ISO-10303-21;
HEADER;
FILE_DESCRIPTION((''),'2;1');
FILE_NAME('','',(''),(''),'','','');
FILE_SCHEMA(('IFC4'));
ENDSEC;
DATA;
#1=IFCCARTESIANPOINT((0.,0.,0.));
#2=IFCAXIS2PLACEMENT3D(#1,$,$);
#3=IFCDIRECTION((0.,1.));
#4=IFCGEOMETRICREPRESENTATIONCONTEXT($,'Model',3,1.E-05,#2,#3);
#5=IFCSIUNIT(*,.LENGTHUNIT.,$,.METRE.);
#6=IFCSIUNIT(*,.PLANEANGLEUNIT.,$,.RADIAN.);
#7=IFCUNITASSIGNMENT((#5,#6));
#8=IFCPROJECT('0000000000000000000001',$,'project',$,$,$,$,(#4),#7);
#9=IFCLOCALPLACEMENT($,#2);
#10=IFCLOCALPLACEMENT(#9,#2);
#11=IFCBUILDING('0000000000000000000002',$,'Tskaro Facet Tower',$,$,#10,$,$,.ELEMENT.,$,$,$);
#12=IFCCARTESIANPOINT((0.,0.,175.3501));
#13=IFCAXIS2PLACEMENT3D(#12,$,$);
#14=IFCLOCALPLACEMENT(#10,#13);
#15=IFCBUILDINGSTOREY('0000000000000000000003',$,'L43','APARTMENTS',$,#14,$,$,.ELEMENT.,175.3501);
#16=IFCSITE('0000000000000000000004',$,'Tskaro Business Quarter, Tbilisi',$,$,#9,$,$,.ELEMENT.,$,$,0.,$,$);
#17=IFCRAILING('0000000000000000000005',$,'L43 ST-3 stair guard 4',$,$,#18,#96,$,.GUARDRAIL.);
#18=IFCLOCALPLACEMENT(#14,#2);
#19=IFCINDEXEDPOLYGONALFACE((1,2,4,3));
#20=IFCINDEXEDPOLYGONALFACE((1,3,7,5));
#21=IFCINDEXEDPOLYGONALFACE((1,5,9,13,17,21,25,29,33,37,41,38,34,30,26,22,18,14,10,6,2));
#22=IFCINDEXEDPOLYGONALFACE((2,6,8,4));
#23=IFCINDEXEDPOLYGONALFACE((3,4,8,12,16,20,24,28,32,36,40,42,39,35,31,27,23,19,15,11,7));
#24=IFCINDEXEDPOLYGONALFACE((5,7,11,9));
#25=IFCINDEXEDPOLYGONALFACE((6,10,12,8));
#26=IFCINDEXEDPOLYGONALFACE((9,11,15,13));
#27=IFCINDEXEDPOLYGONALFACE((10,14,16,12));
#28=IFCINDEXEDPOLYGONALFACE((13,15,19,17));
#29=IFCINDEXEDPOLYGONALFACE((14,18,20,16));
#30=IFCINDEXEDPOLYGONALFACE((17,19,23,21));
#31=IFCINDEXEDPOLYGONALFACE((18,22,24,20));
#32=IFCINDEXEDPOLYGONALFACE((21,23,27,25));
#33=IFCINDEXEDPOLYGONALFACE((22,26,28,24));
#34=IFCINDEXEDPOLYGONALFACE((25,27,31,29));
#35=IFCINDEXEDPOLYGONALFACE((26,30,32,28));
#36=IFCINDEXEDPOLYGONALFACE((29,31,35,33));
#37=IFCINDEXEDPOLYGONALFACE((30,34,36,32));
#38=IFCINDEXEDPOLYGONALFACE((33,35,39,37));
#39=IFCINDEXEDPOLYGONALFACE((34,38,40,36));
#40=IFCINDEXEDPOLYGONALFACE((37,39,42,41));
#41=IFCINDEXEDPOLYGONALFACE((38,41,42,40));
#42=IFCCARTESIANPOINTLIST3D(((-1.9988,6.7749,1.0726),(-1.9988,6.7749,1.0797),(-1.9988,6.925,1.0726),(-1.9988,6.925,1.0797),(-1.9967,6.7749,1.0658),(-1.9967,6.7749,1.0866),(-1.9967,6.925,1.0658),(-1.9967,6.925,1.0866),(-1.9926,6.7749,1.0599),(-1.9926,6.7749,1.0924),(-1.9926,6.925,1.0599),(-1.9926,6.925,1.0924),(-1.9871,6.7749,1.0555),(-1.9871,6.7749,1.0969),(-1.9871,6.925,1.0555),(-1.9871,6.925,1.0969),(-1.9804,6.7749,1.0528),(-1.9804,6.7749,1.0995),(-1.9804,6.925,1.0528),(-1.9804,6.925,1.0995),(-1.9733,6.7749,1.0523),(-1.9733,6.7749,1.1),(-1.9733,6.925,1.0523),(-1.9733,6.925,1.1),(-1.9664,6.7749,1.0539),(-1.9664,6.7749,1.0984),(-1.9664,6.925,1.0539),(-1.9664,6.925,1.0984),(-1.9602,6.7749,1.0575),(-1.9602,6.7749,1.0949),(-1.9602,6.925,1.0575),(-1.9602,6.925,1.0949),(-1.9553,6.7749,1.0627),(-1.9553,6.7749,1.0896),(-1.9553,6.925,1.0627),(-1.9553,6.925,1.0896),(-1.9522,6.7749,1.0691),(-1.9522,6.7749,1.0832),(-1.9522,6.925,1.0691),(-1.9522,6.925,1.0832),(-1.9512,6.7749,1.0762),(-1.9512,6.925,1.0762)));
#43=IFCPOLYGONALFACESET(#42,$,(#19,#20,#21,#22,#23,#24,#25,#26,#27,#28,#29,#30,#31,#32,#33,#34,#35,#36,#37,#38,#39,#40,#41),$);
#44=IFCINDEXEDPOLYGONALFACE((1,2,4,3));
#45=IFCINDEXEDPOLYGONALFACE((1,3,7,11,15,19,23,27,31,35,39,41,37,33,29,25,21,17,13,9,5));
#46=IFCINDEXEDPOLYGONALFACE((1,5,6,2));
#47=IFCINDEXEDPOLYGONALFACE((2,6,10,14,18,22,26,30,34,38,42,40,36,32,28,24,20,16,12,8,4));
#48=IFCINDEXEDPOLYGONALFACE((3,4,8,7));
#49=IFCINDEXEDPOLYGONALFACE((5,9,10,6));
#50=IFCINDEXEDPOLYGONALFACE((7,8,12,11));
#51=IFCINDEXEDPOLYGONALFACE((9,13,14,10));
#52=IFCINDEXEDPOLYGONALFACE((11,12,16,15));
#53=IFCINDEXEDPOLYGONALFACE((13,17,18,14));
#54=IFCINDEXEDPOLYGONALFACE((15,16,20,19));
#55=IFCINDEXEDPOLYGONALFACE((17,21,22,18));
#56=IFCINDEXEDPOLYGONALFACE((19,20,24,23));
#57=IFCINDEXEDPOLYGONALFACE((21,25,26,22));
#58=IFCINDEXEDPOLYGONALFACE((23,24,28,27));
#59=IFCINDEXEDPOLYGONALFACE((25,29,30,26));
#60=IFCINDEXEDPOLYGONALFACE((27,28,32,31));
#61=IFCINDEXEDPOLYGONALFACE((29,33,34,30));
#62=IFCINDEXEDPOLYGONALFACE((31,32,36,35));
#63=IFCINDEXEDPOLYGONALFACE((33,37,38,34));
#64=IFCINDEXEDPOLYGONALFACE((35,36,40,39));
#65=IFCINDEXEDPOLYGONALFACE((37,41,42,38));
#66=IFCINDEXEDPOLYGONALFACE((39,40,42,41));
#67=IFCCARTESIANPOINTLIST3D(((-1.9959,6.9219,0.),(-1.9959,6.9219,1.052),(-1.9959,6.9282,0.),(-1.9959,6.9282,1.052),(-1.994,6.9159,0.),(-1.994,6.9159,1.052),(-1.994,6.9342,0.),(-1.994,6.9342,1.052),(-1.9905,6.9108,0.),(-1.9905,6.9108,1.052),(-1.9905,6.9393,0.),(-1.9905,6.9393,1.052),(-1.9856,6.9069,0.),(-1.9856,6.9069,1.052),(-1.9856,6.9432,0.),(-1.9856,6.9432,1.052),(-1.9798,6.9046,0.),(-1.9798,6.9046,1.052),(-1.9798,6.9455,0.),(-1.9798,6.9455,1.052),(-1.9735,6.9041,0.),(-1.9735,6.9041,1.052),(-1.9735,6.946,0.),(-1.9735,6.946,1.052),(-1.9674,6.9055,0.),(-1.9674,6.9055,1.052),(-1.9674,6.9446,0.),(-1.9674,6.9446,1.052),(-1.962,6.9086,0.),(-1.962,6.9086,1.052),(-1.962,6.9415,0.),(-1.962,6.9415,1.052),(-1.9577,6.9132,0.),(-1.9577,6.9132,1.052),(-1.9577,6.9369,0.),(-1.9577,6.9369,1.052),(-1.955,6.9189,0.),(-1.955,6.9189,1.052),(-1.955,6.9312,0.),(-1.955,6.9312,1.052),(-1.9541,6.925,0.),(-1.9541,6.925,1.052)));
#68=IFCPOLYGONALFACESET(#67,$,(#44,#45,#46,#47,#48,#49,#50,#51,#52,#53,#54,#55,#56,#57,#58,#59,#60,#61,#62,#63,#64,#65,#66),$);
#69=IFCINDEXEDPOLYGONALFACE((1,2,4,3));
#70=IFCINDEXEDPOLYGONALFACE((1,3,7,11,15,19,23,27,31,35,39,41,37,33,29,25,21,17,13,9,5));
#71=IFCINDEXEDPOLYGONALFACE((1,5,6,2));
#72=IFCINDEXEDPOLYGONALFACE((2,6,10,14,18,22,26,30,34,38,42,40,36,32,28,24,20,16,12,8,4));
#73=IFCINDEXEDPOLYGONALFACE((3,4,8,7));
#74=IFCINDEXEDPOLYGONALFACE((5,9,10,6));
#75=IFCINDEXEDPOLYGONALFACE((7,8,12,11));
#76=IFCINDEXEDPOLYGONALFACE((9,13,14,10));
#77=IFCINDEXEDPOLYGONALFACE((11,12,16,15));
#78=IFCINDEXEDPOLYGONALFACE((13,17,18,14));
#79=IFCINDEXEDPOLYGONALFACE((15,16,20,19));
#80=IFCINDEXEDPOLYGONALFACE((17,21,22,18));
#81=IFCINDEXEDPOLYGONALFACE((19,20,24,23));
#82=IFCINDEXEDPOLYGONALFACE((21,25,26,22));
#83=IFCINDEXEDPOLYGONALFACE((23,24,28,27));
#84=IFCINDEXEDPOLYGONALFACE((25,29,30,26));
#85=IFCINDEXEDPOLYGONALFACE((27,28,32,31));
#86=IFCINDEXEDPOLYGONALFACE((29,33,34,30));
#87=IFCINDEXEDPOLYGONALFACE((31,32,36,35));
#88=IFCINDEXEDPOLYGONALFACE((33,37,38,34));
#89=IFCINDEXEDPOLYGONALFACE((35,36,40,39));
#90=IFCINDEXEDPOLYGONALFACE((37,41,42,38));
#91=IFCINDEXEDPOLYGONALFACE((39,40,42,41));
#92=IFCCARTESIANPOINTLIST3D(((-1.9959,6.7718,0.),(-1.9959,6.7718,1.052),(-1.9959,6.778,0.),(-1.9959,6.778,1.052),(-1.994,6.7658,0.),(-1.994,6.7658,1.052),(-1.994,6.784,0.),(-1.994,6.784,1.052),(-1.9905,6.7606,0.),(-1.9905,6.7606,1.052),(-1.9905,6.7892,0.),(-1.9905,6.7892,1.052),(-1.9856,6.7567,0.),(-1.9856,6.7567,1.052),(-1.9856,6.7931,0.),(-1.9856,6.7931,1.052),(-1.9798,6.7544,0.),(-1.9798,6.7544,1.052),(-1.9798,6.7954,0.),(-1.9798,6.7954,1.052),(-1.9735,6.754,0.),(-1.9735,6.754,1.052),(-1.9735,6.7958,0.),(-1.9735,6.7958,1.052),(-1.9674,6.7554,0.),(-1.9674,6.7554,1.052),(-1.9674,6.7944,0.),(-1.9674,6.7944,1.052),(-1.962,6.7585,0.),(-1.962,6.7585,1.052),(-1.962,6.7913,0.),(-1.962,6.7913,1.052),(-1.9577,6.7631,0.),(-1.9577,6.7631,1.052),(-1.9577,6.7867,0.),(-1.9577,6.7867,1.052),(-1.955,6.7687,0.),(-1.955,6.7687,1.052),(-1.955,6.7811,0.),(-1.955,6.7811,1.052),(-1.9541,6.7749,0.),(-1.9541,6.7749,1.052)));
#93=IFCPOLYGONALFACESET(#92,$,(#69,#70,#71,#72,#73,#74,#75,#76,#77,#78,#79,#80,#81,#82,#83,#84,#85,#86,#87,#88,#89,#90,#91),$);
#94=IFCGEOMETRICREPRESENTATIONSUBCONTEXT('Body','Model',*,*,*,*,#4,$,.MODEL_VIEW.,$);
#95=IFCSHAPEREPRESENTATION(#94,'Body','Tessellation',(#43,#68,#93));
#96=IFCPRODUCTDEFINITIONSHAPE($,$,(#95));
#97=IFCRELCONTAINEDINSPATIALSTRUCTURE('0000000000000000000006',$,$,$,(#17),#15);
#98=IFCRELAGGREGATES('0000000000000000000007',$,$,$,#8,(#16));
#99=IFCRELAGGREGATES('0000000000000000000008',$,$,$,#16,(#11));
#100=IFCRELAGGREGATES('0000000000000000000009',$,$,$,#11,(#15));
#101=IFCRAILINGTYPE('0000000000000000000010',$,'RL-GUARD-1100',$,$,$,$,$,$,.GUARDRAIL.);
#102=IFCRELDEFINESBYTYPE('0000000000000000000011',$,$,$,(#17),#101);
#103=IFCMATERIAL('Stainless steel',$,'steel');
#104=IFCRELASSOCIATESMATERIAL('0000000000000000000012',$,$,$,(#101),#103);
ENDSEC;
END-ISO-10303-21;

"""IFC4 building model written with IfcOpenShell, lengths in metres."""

from ifc_helpers import new_model, si_unit, direction, frame, origin, origin_2d, place, context, subcontext, project, spatial, circle, extrude, material, type_object, element, save


model = new_model("IFC4")

# Units and contexts
model_context = context("Model", 3, precision=1e-05, world=origin(), true_north=direction((0.0, 1.0)))
body_context = subcontext(model_context, "Body", "Model", "MODEL_VIEW")
ifc_project = project(units=[si_unit("LENGTHUNIT", "METRE"), si_unit("PLANEANGLEUNIT", "RADIAN")], contexts=[model_context])

# Site, building, storey
site_placement = place(None, origin())
site = spatial("IfcSite", under=ifc_project, at=site_placement, Name="Tskaro Business Quarter, Tbilisi", CompositionType="ELEMENT", RefElevation=0.0)
building_placement = place(site_placement, origin())
building = spatial("IfcBuilding", under=site, at=building_placement, Name="Tskaro Facet Tower", CompositionType="ELEMENT")
storey_placement = place(building_placement, frame((0.0, 0.0, 175.3501)))
storey = spatial("IfcBuildingStorey", under=building, at=storey_placement, Name="L43", Description="APARTMENTS", CompositionType="ELEMENT", Elevation=175.3501)

# Railing
ifc_material_1 = material(Name="Stainless steel", Category="steel")
railing_type_1 = type_object("IfcRailingType", Name="RL-GUARD-1100", PredefinedType="GUARDRAIL", material=ifc_material_1)
railing_1_placement = place(storey_placement, frame((-1.9751, 6.925, 0.0)))
element("IfcRailing", 1, at=railing_1_placement, inside=storey, type_object=railing_type_1, Name="L43 ST-3 stair guard 4", PredefinedType="GUARDRAIL", context=body_context, shape_type="SweptSolid", body=[
    extrude(circle(Radius=0.0239, at=origin_2d()), frame((0.0, 0.0, 1.0762), z_axis=(0.0, -1.0, 0.0), x_axis=(1.0, 0.0, 0.0)), (0.0, 0.0, 1.0), 0.1501),
    extrude(circle(Radius=0.021, at=origin_2d()), origin(), (0.0, 0.0, 1.0), 1.052),
    extrude(circle(Radius=0.021, at=origin_2d()), frame((0.0, -0.1501, 0.0)), (0.0, 0.0, 1.0), 1.052),
])

save(model, "model.ifc")
